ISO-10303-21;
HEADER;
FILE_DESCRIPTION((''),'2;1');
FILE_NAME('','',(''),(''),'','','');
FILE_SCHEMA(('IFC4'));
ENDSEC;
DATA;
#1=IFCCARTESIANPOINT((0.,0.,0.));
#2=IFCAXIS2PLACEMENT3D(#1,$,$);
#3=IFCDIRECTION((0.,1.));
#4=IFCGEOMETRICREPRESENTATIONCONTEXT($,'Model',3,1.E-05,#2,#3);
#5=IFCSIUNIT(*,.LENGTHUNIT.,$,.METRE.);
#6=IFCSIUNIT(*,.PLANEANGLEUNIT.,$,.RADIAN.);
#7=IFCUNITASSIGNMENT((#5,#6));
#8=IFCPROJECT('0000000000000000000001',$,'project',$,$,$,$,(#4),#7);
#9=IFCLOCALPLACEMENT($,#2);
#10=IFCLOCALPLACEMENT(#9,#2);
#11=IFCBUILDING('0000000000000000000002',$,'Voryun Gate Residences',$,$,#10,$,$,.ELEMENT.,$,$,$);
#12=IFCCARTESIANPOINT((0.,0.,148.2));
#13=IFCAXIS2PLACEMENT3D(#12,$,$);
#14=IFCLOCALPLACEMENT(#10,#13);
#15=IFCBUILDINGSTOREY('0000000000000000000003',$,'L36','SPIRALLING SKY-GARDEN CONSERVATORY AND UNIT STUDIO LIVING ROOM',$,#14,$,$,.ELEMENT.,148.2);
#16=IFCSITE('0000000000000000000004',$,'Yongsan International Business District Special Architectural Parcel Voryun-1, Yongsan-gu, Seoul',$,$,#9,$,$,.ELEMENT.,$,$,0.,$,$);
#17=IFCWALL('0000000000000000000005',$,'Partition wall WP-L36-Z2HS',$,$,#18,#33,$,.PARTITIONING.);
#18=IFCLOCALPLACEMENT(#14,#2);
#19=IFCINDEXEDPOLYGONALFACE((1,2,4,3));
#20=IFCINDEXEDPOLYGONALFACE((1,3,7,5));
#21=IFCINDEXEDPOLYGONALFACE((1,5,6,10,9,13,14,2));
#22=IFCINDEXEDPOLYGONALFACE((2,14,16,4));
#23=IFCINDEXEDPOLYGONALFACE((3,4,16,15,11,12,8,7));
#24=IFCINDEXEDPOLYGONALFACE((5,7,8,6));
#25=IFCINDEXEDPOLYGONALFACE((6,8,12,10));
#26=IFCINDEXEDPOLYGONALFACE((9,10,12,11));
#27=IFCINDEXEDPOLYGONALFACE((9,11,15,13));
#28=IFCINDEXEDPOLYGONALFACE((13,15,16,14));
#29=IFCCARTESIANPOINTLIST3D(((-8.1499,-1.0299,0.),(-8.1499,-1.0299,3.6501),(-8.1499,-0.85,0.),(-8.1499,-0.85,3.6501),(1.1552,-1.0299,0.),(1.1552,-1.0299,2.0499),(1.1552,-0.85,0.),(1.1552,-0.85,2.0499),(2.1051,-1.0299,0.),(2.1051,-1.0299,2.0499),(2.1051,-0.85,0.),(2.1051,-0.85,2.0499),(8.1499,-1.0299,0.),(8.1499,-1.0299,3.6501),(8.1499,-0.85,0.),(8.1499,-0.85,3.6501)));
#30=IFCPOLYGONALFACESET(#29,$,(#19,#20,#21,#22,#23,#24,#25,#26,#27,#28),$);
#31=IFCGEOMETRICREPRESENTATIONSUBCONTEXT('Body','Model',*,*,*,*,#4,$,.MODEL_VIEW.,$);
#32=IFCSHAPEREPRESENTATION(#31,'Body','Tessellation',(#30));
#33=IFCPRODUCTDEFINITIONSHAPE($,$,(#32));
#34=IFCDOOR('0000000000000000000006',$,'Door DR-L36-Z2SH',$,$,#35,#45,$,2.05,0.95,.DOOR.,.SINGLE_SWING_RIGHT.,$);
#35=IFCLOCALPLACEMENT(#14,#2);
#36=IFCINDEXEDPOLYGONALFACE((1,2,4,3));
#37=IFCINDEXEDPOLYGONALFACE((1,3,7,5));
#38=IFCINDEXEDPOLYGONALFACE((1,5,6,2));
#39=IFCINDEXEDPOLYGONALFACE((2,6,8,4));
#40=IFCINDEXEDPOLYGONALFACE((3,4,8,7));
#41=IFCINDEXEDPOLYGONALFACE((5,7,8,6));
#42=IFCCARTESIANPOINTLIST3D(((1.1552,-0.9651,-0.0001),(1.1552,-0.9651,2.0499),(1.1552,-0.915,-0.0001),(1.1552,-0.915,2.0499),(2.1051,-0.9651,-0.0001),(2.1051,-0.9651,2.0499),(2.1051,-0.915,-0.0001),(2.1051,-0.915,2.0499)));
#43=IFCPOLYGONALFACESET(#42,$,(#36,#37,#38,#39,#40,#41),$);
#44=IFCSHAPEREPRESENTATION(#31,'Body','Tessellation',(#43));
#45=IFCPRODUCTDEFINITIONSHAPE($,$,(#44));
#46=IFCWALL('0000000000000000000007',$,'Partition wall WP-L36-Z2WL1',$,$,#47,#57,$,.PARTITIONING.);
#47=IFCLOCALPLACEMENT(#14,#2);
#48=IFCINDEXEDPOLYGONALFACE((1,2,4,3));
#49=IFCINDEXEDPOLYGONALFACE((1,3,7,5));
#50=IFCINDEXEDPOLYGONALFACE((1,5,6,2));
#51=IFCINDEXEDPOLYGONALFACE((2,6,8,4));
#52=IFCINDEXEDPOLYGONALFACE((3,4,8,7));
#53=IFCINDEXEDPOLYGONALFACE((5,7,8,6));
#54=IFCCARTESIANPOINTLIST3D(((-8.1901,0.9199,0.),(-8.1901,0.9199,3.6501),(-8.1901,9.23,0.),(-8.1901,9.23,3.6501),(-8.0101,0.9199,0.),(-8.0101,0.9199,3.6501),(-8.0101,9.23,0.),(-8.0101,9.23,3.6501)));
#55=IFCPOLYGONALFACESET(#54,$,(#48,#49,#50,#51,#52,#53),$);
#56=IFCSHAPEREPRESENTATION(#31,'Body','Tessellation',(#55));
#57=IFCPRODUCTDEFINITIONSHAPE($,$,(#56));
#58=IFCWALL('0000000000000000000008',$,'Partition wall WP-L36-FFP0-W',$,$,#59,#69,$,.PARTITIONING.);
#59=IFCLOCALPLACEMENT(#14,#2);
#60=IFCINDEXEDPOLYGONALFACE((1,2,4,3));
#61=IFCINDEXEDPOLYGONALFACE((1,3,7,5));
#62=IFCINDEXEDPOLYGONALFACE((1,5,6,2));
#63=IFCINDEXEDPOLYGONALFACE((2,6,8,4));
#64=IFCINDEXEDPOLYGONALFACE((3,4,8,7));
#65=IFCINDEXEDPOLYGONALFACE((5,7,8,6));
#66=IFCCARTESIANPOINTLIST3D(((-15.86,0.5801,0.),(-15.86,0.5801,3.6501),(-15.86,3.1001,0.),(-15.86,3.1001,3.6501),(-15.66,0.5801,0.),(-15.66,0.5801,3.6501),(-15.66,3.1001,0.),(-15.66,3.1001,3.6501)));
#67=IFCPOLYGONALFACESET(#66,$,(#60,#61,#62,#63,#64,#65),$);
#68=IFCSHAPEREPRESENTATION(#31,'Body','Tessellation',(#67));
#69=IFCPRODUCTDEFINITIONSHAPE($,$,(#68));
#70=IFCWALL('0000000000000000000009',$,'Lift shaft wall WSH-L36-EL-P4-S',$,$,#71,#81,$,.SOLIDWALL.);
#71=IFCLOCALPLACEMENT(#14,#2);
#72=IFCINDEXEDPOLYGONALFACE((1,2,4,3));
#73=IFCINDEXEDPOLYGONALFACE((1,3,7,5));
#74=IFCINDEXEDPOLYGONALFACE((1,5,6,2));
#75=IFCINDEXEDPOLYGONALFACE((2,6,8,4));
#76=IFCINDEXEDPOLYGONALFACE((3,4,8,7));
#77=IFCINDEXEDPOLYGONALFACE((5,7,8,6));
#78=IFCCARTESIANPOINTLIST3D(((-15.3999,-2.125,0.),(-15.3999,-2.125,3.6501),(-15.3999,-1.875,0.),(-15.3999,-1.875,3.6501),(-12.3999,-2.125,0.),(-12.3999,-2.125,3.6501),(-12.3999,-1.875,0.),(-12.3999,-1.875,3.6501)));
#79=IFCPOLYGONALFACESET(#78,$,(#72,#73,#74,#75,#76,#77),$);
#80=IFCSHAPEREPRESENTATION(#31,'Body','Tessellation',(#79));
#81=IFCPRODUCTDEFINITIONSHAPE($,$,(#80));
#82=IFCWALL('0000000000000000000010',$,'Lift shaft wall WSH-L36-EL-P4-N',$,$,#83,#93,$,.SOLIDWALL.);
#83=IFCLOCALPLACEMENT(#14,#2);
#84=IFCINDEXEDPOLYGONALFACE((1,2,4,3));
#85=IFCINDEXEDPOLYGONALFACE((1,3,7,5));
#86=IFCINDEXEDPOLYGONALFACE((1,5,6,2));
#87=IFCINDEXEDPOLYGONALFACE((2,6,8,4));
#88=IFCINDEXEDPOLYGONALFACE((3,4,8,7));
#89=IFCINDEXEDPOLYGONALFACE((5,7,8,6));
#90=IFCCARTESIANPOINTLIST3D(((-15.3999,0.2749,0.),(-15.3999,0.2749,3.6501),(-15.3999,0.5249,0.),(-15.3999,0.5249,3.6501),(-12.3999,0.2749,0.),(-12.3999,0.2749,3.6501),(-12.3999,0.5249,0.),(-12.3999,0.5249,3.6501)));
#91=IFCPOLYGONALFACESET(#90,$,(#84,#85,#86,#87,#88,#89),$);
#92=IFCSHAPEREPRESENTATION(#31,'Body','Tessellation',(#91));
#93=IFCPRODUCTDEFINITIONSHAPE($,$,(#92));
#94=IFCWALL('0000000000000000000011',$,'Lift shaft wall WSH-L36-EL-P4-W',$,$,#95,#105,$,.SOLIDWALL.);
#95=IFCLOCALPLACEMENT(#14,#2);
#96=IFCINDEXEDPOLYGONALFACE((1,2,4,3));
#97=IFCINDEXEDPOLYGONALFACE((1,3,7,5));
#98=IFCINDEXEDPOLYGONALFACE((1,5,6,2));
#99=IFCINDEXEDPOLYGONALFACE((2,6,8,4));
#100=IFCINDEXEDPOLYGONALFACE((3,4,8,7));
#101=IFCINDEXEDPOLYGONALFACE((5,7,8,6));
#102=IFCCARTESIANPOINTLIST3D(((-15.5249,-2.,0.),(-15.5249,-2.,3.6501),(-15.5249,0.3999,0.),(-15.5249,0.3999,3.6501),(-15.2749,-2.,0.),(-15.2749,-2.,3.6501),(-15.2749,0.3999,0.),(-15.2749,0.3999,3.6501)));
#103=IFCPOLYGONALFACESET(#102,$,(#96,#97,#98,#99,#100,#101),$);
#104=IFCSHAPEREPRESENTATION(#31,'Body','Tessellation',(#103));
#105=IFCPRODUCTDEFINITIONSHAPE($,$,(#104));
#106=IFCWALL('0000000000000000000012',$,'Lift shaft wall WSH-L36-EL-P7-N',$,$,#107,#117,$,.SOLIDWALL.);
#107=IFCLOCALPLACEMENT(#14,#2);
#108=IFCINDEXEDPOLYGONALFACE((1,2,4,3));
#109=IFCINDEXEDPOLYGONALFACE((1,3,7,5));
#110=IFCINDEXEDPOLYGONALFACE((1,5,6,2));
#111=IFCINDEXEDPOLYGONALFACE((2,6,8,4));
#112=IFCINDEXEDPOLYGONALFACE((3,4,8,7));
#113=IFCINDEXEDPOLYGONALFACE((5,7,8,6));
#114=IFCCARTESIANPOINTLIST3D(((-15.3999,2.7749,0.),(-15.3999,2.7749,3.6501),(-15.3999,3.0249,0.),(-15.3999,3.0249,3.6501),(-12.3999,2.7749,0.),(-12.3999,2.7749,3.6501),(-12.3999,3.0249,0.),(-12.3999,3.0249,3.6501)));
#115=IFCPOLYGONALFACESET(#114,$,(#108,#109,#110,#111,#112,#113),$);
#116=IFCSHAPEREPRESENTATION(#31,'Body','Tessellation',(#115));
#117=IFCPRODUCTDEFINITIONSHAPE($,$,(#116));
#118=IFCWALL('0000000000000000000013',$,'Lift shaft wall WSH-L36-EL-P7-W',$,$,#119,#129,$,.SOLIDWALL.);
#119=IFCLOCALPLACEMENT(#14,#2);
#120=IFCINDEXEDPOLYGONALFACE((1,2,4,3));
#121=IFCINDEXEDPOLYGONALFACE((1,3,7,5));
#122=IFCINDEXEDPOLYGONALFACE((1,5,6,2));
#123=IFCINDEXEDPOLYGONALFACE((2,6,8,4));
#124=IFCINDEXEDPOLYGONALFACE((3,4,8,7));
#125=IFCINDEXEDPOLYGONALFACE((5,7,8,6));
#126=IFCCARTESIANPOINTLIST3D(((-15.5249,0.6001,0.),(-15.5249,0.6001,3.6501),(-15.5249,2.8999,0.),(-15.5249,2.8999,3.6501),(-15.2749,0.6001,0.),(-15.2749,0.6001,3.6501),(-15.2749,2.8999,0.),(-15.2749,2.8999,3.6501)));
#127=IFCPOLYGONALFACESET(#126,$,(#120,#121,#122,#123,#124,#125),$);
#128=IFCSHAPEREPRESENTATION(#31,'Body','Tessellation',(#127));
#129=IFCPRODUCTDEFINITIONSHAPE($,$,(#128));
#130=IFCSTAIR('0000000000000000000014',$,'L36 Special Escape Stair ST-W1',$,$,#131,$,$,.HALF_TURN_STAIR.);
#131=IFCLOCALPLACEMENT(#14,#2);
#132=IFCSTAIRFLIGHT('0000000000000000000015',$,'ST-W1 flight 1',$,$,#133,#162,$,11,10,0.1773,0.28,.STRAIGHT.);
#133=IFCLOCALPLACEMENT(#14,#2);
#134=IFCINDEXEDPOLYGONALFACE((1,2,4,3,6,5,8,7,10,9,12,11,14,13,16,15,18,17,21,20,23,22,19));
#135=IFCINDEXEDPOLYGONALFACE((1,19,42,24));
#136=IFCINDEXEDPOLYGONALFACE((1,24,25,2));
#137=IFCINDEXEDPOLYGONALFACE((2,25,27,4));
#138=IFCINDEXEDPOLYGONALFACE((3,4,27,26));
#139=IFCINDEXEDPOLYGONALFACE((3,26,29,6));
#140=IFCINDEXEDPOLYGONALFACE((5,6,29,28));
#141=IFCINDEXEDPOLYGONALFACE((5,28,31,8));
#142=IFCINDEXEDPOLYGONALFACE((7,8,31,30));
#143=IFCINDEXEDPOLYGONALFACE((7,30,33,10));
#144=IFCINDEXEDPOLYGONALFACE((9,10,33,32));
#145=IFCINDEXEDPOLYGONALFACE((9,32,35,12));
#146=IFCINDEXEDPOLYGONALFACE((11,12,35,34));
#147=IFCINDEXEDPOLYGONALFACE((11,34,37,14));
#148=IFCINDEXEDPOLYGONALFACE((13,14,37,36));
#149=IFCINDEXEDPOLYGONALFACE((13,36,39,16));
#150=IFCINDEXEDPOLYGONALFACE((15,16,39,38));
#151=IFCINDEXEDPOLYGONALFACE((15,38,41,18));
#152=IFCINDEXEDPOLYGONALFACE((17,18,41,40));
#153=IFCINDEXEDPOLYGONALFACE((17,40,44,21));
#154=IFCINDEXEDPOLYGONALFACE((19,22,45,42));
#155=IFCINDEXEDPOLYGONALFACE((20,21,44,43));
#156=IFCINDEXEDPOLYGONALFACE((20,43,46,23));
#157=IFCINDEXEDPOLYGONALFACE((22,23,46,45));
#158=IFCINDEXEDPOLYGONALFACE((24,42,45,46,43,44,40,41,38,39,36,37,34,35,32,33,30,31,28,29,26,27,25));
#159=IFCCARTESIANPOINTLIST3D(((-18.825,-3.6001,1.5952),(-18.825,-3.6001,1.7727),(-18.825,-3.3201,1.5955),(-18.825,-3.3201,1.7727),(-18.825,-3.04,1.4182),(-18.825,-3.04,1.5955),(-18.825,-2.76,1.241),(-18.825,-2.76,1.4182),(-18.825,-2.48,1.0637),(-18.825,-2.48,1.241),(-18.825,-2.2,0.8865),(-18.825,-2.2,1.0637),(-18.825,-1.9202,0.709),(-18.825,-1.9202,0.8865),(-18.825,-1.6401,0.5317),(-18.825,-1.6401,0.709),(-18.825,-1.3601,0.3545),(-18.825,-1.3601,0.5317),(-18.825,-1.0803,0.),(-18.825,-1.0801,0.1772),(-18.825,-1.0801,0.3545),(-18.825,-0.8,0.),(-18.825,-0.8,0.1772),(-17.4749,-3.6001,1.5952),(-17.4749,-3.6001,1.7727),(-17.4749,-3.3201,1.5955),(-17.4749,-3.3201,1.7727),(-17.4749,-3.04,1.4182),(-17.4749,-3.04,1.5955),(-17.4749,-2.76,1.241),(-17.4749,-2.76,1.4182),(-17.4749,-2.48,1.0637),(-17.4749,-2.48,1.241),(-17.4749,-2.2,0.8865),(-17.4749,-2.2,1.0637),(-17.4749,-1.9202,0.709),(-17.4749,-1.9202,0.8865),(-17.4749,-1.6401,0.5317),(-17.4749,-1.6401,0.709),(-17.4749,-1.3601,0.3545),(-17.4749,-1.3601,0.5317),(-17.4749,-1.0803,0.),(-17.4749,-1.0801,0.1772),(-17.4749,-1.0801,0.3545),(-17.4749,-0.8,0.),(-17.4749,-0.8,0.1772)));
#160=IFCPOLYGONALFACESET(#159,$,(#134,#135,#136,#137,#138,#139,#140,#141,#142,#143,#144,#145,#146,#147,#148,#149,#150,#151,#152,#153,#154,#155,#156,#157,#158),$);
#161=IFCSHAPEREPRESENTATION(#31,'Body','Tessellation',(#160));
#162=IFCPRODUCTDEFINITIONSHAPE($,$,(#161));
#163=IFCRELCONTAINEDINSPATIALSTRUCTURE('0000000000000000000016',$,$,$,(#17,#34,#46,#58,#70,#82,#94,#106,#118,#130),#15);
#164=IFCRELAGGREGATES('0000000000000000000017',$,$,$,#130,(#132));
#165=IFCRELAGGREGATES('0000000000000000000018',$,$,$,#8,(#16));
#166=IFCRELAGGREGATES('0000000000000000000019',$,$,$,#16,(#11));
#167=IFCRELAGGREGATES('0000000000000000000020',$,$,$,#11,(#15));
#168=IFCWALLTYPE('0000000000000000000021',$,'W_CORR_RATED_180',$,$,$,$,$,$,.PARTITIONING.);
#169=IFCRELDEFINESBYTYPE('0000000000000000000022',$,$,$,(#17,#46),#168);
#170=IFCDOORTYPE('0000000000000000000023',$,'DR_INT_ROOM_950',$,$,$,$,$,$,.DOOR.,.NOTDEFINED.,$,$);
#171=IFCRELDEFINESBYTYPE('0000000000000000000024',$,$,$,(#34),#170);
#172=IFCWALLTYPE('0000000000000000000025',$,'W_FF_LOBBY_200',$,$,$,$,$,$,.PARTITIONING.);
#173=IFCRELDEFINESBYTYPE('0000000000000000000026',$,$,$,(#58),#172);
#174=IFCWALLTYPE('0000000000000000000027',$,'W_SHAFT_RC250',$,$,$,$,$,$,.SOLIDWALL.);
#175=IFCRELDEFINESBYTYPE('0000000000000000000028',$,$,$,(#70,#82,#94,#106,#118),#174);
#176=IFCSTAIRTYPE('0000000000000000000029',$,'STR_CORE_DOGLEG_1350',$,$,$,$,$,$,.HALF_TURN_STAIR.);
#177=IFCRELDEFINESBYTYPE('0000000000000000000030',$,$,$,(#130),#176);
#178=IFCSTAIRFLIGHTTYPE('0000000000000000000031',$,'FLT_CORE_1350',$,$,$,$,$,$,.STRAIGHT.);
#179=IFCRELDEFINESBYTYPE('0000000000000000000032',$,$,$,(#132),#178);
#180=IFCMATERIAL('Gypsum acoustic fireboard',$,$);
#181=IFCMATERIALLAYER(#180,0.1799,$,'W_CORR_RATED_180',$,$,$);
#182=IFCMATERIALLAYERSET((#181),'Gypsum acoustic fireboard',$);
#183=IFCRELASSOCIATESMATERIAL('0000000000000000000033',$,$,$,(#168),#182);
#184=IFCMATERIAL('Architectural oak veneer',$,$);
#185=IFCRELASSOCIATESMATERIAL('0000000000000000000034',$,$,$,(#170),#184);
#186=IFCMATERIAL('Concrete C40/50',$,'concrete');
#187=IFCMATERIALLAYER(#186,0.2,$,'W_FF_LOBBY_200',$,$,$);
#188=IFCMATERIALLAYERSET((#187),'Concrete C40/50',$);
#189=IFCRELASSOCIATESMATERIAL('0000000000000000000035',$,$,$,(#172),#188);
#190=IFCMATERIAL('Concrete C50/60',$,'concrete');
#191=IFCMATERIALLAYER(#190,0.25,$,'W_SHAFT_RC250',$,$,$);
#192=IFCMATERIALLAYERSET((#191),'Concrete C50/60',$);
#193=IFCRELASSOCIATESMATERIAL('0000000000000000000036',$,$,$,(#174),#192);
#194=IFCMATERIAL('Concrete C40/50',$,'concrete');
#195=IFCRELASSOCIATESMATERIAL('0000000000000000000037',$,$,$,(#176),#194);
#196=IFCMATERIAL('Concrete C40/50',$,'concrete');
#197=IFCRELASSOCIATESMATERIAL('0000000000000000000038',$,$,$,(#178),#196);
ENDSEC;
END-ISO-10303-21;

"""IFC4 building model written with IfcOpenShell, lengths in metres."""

from ifc_helpers import new_model, si_unit, direction, frame, frame_2d, origin, place, context, subcontext, project, spatial, polyline, rectangle, outline, extrude, material, layer, layer_set, type_object, element, fill, aggregate, save


model = new_model("IFC4")

# Units and contexts
model_context = context("Model", 3, precision=1e-05, world=origin(), true_north=direction((0.0, 1.0)))
body_context = subcontext(model_context, "Body", "Model", "MODEL_VIEW")
ifc_project = project(units=[si_unit("LENGTHUNIT", "METRE"), si_unit("PLANEANGLEUNIT", "RADIAN")], contexts=[model_context])

# Site, building, storey
site_placement = place(None, origin())
site = spatial("IfcSite", under=ifc_project, at=site_placement, Name="Yongsan International Business District Special Architectural Parcel Voryun-1, Yongsan-gu, Seoul", CompositionType="ELEMENT", RefElevation=0.0)
building_placement = place(site_placement, origin())
building = spatial("IfcBuilding", under=site, at=building_placement, Name="Voryun Gate Residences", CompositionType="ELEMENT")
storey_placement = place(building_placement, frame((0.0, 0.0, 148.2)))
storey = spatial("IfcBuildingStorey", under=building, at=storey_placement, Name="L36", Description="SPIRALLING SKY-GARDEN CONSERVATORY AND UNIT STUDIO LIVING ROOM", CompositionType="ELEMENT", Elevation=148.2)

# Wall, opening, door
ifc_material_1 = material(Name="Gypsum acoustic fireboard")
ifc_layer_1 = layer(ifc_material_1, 0.1799, Name="W_CORR_RATED_180")
ifc_layer_set_1 = layer_set([ifc_layer_1], Name="Gypsum acoustic fireboard")
wall_type_1 = type_object("IfcWallType", Name="W_CORR_RATED_180", PredefinedType="PARTITIONING", material=ifc_layer_set_1)
ifc_material_2 = material(Name="Architectural oak veneer")
door_type_1 = type_object("IfcDoorType", Name="DR_INT_ROOM_950", OperationType="NOTDEFINED", PredefinedType="DOOR", material=ifc_material_2)
wall_1_placement = place(storey_placement, frame((-8.1499, -0.9399, 0.0), z_axis=(0.0, 0.0, 1.0), x_axis=(1.0, 0.0, 0.0)))
wall_1 = element("IfcWall", 1, at=wall_1_placement, inside=storey, type_object=wall_type_1, Name="Partition wall WP-L36-Z2HS", PredefinedType="PARTITIONING", context=body_context, shape_type="SweptSolid", body=[
    extrude(rectangle(XDim=16.2998, YDim=0.1799, at=frame_2d((8.1499, 0.0))), origin(), (0.0, 0.0, 1.0), 3.6501),
])
opening_1_placement = place(wall_1_placement, frame((9.3049, 0.0, 0.0)))
opening_1 = element("IfcOpeningElement", 2, at=opening_1_placement, cuts=wall_1, PredefinedType="OPENING", context=body_context, shape_type="SweptSolid", body=[
    extrude(rectangle(XDim=0.95, YDim=2.05, at=frame_2d((0.4751, 1.0249))), frame((0.0, 0.0999, 0.0), z_axis=(0.0, -1.0, 0.0), x_axis=(1.0, 0.0, 0.0)), (0.0, 0.0, 1.0), 0.2),
])
door_1_placement = place(opening_1_placement, origin())
door_1 = element("IfcDoor", 3, at=door_1_placement, inside=storey, type_object=door_type_1, Name="Door DR-L36-Z2SH", OperationType="SINGLE_SWING_RIGHT", OverallHeight=2.05, OverallWidth=0.95, PredefinedType="DOOR", context=body_context, shape_type="SweptSolid", body=[
    extrude(rectangle(XDim=0.95, YDim=2.05, at=frame_2d((0.4751, 1.0249))), frame((0.0, 0.0249, 0.0), z_axis=(0.0, -1.0, 0.0), x_axis=(1.0, 0.0, 0.0)), (0.0, 0.0, 1.0), 0.05),
])
fill(opening_1, door_1)

# Walls
wall_2_placement = place(storey_placement, frame((-8.1001, 0.9199, 0.0), z_axis=(0.0, 0.0, 1.0), x_axis=(0.0, 1.0, 0.0)))
element("IfcWall", 4, at=wall_2_placement, inside=storey, type_object=wall_type_1, Name="Partition wall WP-L36-Z2WL1", PredefinedType="PARTITIONING", context=body_context, shape_type="SweptSolid", body=[
    extrude(rectangle(XDim=8.3101, YDim=0.1799, at=frame_2d((4.155, 0.0))), origin(), (0.0, 0.0, 1.0), 3.6501),
])
ifc_material_3 = material(Name="Concrete C40/50", Category="concrete")
ifc_layer_2 = layer(ifc_material_3, 0.2, Name="W_FF_LOBBY_200")
ifc_layer_set_2 = layer_set([ifc_layer_2], Name="Concrete C40/50")
wall_type_2 = type_object("IfcWallType", Name="W_FF_LOBBY_200", PredefinedType="PARTITIONING", material=ifc_layer_set_2)
wall_3_placement = place(storey_placement, frame((-15.76, 0.5801, 0.0), z_axis=(0.0, 0.0, 1.0), x_axis=(0.0, 1.0, 0.0)))
element("IfcWall", 5, at=wall_3_placement, inside=storey, type_object=wall_type_2, Name="Partition wall WP-L36-FFP0-W", PredefinedType="PARTITIONING", context=body_context, shape_type="SweptSolid", body=[
    extrude(rectangle(XDim=2.52, YDim=0.2, at=frame_2d((1.26, 0.0))), origin(), (0.0, 0.0, 1.0), 3.6501),
])
ifc_material_4 = material(Name="Concrete C50/60", Category="concrete")
ifc_layer_3 = layer(ifc_material_4, 0.25, Name="W_SHAFT_RC250")
ifc_layer_set_3 = layer_set([ifc_layer_3], Name="Concrete C50/60")
wall_type_3 = type_object("IfcWallType", Name="W_SHAFT_RC250", PredefinedType="SOLIDWALL", material=ifc_layer_set_3)
for number, where, z_axis, x_axis, name in (
    (6, (-15.3999, -2.0, 0.0), (0.0, 0.0, 1.0), (1.0, 0.0, 0.0), "Lift shaft wall WSH-L36-EL-P4-S"),
    (7, (-12.3999, 0.3999, 0.0), (0.0, 0.0, 1.0), (-1.0, 0.0, 0.0), "Lift shaft wall WSH-L36-EL-P4-N"),
):
    element("IfcWall", number, at=place(storey_placement, frame(where, z_axis=z_axis, x_axis=x_axis)), inside=storey, type_object=wall_type_3, Name=name, PredefinedType="SOLIDWALL", context=body_context, shape_type="SweptSolid", body=[
        extrude(rectangle(XDim=3.0, YDim=0.25, at=frame_2d((1.5, 0.0))), origin(), (0.0, 0.0, 1.0), 3.6501),
    ])
wall_4_placement = place(storey_placement, frame((-15.3999, 0.3999, 0.0), z_axis=(0.0, 0.0, 1.0), x_axis=(0.0, -1.0, 0.0)))
element("IfcWall", 8, at=wall_4_placement, inside=storey, type_object=wall_type_3, Name="Lift shaft wall WSH-L36-EL-P4-W", PredefinedType="SOLIDWALL", context=body_context, shape_type="SweptSolid", body=[
    extrude(rectangle(XDim=2.3999, YDim=0.25, at=frame_2d((1.2, 0.0))), origin(), (0.0, 0.0, 1.0), 3.6501),
])
wall_5_placement = place(storey_placement, frame((-12.3999, 2.8999, 0.0), z_axis=(0.0, 0.0, 1.0), x_axis=(-1.0, 0.0, 0.0)))
element("IfcWall", 9, at=wall_5_placement, inside=storey, type_object=wall_type_3, Name="Lift shaft wall WSH-L36-EL-P7-N", PredefinedType="SOLIDWALL", context=body_context, shape_type="SweptSolid", body=[
    extrude(rectangle(XDim=3.0, YDim=0.25, at=frame_2d((1.5, 0.0))), origin(), (0.0, 0.0, 1.0), 3.6501),
])
wall_6_placement = place(storey_placement, frame((-15.3999, 2.8999, 0.0), z_axis=(0.0, 0.0, 1.0), x_axis=(0.0, -1.0, 0.0)))
element("IfcWall", 10, at=wall_6_placement, inside=storey, type_object=wall_type_3, Name="Lift shaft wall WSH-L36-EL-P7-W", PredefinedType="SOLIDWALL", context=body_context, shape_type="SweptSolid", body=[
    extrude(rectangle(XDim=2.2998, YDim=0.25, at=frame_2d((1.1499, 0.0))), origin(), (0.0, 0.0, 1.0), 3.6501),
])

# Stair, stair flight
ifc_material_5 = material(Name="Concrete C40/50", Category="concrete")
stair_type = type_object("IfcStairType", Name="STR_CORE_DOGLEG_1350", PredefinedType="HALF_TURN_STAIR", material=ifc_material_5)
stair_placement = place(storey_placement, origin())
stair = element("IfcStair", 11, at=stair_placement, inside=storey, type_object=stair_type, Name="L36 Special Escape Stair ST-W1", PredefinedType="HALF_TURN_STAIR")
ifc_material_6 = material(Name="Concrete C40/50", Category="concrete")
stair_flight_type = type_object("IfcStairFlightType", Name="FLT_CORE_1350", PredefinedType="STRAIGHT", material=ifc_material_6)
stair_flight_placement = place(storey_placement, frame((-18.1499, -0.8, 0.0), z_axis=(0.0, 0.0, 1.0), x_axis=(0.0, -1.0, 0.0)))
stair_flight = element("IfcStairFlight", 12, at=stair_flight_placement, type_object=stair_flight_type, Name="ST-W1 flight 1", NumberOfRisers=11, NumberOfTreads=10, PredefinedType="STRAIGHT", RiserHeight=0.1773, TreadLength=0.28, context=body_context, shape_type="SweptSolid", body=[
    extrude(outline(polyline([(0.0, 0.0), (0.0, 0.1772), (0.28, 0.1772), (0.28, 0.3545), (0.5601, 0.3545), (0.5601, 0.5317), (0.8401, 0.5317), (0.8401, 0.709), (1.1201, 0.709), (1.1201, 0.8865), (1.3999, 0.8865), (1.3999, 1.0637), (1.6799, 1.0637), (1.6799, 1.241), (1.96, 1.241), (1.96, 1.4182), (2.24, 1.4182), (2.24, 1.5955), (2.52, 1.5955), (2.52, 1.7727), (2.8, 1.7727), (2.8, 1.95), (2.8, 1.5952), (0.2803, 0.0), (0.0, 0.0)])), frame((0.0, 0.675, 0.0), z_axis=(0.0, -1.0, 0.0), x_axis=(1.0, 0.0, 0.0)), (0.0, 0.0, 1.0), 1.3501),
])
aggregate(stair, [stair_flight])

save(model, "model.ifc")
